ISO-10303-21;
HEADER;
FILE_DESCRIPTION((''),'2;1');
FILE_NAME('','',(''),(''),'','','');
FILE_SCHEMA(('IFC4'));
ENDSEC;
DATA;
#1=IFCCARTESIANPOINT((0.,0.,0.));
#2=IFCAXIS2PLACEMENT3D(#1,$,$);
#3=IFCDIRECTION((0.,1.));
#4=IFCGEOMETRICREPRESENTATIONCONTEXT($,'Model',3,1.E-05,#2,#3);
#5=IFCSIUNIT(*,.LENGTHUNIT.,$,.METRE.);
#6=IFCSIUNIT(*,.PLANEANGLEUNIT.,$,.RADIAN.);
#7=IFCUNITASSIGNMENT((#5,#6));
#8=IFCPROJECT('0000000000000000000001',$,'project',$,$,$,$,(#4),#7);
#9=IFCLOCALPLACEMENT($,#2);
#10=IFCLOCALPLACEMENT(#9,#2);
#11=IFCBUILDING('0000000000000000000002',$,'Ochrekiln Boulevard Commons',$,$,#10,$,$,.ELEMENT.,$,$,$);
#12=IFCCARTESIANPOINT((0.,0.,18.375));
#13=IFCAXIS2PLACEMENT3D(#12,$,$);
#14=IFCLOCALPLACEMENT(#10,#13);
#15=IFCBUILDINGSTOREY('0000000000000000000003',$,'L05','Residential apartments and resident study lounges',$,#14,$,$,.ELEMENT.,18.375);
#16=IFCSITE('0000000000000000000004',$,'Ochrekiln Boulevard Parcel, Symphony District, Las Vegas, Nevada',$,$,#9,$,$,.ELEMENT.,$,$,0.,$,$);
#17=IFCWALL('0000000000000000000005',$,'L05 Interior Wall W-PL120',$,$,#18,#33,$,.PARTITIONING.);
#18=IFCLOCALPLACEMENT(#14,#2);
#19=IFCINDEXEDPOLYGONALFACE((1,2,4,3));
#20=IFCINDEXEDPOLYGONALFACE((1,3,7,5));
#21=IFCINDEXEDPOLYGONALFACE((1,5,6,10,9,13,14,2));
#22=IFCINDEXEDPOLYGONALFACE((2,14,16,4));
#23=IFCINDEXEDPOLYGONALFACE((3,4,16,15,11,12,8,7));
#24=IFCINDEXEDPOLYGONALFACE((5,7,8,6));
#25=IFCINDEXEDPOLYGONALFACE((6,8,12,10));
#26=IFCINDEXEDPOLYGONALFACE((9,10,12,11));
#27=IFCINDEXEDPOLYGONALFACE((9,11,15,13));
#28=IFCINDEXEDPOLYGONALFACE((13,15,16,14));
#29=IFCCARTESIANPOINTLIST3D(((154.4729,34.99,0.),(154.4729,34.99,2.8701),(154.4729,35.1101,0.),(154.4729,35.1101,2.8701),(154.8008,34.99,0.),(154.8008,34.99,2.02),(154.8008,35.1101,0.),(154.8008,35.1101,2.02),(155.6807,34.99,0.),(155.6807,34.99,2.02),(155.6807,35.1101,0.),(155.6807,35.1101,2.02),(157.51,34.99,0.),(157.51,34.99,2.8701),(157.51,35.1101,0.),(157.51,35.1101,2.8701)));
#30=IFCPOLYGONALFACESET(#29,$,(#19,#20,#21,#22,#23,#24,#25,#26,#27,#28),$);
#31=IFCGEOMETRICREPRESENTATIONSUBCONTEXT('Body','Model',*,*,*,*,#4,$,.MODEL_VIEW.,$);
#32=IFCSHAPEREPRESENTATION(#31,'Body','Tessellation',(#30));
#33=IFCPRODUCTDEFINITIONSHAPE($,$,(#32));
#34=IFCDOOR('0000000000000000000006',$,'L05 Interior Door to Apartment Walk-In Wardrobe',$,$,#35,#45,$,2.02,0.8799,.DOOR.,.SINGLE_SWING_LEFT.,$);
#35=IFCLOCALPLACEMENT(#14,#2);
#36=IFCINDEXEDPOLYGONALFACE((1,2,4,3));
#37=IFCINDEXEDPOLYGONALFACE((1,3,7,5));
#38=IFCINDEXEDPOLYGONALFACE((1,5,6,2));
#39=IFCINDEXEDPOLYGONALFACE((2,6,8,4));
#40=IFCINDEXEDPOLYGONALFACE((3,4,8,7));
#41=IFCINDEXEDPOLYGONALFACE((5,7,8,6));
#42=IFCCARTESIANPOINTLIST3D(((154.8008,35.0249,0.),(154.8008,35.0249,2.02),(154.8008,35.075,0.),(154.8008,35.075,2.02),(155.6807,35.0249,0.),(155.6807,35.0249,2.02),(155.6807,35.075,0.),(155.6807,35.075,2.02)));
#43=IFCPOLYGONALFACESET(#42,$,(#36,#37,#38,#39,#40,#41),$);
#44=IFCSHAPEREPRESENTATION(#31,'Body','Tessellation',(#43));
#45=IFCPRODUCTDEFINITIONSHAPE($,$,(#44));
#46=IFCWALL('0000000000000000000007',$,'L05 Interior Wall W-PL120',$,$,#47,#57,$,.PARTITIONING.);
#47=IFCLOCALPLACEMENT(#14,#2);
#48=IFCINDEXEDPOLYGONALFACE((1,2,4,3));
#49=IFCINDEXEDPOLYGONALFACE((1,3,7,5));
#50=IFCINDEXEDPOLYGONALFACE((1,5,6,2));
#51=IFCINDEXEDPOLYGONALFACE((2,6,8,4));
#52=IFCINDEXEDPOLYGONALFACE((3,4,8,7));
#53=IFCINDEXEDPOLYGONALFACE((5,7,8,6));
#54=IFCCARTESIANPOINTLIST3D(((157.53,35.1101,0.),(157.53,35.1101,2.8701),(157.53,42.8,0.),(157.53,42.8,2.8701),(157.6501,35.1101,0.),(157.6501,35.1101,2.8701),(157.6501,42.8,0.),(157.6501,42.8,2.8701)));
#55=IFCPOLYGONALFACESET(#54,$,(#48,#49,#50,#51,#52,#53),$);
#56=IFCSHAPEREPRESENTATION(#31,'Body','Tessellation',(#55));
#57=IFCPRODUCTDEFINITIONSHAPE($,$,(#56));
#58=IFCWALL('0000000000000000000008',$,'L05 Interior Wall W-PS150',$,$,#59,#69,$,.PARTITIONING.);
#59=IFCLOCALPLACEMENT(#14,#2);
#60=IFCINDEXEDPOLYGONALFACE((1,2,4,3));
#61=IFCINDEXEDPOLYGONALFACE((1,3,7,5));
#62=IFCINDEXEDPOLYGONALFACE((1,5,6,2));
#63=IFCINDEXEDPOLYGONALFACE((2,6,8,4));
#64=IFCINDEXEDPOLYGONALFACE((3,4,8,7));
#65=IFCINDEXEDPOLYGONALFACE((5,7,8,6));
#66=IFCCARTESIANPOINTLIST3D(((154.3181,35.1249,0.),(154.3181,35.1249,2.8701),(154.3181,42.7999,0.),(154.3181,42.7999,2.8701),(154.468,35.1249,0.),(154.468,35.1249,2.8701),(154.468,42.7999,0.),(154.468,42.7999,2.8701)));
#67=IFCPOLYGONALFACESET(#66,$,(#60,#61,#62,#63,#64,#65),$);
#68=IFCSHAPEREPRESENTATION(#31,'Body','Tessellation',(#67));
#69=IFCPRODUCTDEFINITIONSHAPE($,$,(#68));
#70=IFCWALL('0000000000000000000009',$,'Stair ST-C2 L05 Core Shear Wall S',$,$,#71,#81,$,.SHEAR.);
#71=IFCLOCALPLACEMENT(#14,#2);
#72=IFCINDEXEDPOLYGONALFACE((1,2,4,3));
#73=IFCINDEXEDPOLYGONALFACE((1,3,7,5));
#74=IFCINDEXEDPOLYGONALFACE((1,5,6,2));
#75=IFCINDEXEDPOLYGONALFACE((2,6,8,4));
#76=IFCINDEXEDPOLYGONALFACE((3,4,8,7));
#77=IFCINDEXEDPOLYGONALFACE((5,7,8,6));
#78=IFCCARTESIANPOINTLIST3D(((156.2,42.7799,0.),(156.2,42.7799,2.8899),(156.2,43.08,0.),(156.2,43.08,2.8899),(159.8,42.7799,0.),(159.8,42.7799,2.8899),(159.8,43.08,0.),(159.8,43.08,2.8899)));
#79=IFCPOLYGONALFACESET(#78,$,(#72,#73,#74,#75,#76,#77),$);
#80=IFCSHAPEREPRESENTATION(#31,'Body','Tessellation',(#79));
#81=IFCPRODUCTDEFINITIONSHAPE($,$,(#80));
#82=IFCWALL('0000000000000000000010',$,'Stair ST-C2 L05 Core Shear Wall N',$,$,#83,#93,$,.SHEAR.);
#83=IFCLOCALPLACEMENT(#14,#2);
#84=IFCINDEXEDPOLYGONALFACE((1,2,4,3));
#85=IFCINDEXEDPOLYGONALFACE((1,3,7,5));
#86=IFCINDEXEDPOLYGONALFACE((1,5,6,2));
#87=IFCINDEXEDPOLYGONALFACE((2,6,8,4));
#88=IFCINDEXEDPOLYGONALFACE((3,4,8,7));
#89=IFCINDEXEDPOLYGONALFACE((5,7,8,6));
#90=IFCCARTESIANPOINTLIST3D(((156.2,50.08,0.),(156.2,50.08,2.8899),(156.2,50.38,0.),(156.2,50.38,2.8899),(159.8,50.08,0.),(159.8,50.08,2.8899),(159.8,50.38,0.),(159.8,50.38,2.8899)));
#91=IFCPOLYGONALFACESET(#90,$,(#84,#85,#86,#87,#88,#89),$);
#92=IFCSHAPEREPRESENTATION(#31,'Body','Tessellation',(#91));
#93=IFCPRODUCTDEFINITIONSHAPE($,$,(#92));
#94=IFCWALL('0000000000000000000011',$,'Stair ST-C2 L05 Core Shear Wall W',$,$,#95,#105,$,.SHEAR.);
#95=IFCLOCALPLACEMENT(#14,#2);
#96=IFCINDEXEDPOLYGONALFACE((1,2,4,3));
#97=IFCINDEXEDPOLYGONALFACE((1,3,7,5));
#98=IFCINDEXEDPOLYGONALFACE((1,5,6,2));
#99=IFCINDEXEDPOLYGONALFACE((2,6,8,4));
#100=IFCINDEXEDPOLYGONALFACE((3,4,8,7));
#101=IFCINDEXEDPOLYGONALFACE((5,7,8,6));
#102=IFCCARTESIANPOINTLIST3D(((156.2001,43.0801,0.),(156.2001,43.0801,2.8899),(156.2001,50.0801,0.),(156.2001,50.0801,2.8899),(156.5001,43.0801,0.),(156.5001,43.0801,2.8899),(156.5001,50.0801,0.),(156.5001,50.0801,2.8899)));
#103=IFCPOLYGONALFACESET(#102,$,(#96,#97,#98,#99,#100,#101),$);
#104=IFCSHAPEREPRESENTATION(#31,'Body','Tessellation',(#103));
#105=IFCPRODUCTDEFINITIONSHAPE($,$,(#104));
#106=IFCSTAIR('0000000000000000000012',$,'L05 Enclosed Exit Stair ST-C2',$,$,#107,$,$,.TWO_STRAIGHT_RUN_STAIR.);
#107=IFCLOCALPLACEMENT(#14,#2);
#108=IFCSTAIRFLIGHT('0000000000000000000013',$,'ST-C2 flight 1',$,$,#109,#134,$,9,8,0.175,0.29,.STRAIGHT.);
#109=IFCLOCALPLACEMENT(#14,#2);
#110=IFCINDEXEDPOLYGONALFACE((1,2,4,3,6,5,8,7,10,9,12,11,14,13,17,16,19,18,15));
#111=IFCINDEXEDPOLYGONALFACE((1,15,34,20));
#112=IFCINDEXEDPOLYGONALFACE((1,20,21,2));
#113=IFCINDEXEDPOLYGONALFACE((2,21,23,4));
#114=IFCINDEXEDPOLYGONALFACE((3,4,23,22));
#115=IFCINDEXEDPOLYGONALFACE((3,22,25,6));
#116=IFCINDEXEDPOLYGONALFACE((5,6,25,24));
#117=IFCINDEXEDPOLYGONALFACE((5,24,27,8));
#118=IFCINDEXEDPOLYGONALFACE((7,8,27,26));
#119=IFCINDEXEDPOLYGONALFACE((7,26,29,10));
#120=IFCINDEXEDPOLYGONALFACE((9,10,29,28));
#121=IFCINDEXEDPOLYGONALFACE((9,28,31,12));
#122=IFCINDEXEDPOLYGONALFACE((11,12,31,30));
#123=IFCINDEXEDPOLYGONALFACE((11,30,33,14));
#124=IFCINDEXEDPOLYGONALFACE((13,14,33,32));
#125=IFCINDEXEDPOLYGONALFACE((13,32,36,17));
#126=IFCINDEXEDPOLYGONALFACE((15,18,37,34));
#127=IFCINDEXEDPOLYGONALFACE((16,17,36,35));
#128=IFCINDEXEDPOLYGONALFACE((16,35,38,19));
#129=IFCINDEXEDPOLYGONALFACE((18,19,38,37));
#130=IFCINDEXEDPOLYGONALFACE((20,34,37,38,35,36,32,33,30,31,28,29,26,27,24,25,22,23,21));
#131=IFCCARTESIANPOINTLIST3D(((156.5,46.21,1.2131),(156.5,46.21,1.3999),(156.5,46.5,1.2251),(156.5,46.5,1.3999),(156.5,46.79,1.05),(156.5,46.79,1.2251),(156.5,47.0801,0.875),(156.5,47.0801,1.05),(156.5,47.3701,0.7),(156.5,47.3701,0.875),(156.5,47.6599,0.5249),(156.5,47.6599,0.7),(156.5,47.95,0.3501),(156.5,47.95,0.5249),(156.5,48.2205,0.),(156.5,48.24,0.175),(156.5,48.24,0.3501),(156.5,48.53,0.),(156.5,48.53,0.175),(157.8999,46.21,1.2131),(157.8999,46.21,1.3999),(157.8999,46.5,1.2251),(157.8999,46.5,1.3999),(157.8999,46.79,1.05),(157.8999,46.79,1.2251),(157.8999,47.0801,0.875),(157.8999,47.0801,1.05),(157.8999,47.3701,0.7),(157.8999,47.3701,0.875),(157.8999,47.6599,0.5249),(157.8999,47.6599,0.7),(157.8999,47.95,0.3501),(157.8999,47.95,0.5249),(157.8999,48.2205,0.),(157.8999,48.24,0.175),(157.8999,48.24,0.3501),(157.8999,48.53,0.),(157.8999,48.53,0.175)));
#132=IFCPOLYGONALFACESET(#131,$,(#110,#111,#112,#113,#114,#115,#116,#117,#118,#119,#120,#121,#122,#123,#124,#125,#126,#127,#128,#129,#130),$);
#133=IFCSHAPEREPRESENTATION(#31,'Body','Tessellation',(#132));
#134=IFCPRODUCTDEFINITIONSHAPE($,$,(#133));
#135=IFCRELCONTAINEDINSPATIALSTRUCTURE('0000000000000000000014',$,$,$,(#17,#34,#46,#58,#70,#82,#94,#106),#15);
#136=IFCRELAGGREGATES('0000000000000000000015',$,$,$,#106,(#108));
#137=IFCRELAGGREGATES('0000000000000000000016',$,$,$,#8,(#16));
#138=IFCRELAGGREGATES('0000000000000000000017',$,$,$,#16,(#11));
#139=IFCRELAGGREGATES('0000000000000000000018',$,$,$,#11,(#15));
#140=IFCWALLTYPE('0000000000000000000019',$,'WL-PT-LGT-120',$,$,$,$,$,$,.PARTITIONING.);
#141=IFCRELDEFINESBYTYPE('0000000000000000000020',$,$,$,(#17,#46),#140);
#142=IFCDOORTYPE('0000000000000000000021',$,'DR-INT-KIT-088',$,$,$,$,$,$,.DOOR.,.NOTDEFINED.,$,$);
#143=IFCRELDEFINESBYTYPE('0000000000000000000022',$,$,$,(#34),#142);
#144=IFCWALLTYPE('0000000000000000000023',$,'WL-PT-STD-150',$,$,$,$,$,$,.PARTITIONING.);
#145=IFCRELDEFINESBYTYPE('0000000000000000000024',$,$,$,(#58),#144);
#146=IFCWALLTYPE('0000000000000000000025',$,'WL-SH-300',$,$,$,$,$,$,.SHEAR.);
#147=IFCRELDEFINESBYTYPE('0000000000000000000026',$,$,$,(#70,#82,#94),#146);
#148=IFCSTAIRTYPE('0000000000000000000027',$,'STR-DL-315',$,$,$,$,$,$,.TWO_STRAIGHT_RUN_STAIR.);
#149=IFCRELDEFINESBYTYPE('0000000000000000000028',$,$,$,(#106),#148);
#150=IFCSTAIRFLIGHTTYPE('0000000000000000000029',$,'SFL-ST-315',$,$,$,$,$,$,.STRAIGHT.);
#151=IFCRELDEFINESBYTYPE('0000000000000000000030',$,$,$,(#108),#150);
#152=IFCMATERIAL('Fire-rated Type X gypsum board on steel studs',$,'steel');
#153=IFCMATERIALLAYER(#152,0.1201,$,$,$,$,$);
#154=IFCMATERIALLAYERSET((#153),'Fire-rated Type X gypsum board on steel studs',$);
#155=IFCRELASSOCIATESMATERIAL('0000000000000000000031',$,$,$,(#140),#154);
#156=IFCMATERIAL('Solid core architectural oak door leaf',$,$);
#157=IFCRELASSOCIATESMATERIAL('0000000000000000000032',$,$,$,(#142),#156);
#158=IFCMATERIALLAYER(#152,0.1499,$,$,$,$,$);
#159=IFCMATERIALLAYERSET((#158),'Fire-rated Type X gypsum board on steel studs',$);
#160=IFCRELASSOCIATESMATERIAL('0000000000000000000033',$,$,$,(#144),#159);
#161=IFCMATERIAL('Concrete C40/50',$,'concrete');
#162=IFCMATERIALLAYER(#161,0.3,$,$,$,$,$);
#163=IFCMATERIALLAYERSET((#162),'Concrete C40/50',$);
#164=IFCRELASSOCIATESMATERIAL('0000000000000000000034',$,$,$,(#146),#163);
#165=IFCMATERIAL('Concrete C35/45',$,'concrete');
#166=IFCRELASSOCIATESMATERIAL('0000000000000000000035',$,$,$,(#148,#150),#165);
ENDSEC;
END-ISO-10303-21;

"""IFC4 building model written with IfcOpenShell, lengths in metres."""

from ifc_helpers import new_model, si_unit, direction, frame, frame_2d, origin, place, context, subcontext, project, spatial, polyline, rectangle, outline, extrude, material, layer, layer_set, type_object, element, fill, aggregate, save


model = new_model("IFC4")

# Units and contexts
model_context = context("Model", 3, precision=1e-05, world=origin(), true_north=direction((0.0, 1.0)))
body_context = subcontext(model_context, "Body", "Model", "MODEL_VIEW")
ifc_project = project(units=[si_unit("LENGTHUNIT", "METRE"), si_unit("PLANEANGLEUNIT", "RADIAN")], contexts=[model_context])

# Site, building, storey
site_placement = place(None, origin())
site = spatial("IfcSite", under=ifc_project, at=site_placement, Name="Ochrekiln Boulevard Parcel, Symphony District, Las Vegas, Nevada", CompositionType="ELEMENT", RefElevation=0.0)
building_placement = place(site_placement, origin())
building = spatial("IfcBuilding", under=site, at=building_placement, Name="Ochrekiln Boulevard Commons", CompositionType="ELEMENT")
storey_placement = place(building_placement, frame((0.0, 0.0, 18.375)))
storey = spatial("IfcBuildingStorey", under=building, at=storey_placement, Name="L05", Description="Residential apartments and resident study lounges", CompositionType="ELEMENT", Elevation=18.375)

# Shared definitions
ifc_material_1 = material(Name="Concrete C40/50", Category="concrete")

# Wall, opening, door
ifc_material_2 = material(Name="Fire-rated Type X gypsum board on steel studs", Category="steel")
ifc_layer_1 = layer(ifc_material_2, 0.1201)
ifc_layer_set_1 = layer_set([ifc_layer_1], Name="Fire-rated Type X gypsum board on steel studs")
wall_type_1 = type_object("IfcWallType", Name="WL-PT-LGT-120", PredefinedType="PARTITIONING", material=ifc_layer_set_1)
ifc_material_3 = material(Name="Solid core architectural oak door leaf")
door_type = type_object("IfcDoorType", Name="DR-INT-KIT-088", OperationType="NOTDEFINED", PredefinedType="DOOR", material=ifc_material_3)
wall_1_placement = place(storey_placement, frame((154.4729, 35.05, 0.0), z_axis=(0.0, 0.0, 1.0), x_axis=(1.0, 0.0, 0.0)))
wall_1 = element("IfcWall", 1, at=wall_1_placement, inside=storey, type_object=wall_type_1, Name="L05 Interior Wall W-PL120", PredefinedType="PARTITIONING", context=body_context, shape_type="SweptSolid", body=[
    extrude(rectangle(XDim=3.0371, YDim=0.1201, at=frame_2d((1.5186, 0.0))), origin(), (0.0, 0.0, 1.0), 2.8701),
])
opening_1_placement = place(wall_1_placement, frame((0.3279, 0.0, 0.0)))
opening_1 = element("IfcOpeningElement", 2, at=opening_1_placement, cuts=wall_1, PredefinedType="OPENING", context=body_context, shape_type="SweptSolid", body=[
    extrude(rectangle(XDim=0.8799, YDim=2.02, at=frame_2d((0.4399, 1.01))), frame((0.0, 0.0701, 0.0), z_axis=(0.0, -1.0, 0.0), x_axis=(1.0, 0.0, 0.0)), (0.0, 0.0, 1.0), 0.1401),
])
door_1_placement = place(opening_1_placement, origin())
door_1 = element("IfcDoor", 3, at=door_1_placement, inside=storey, type_object=door_type, Name="L05 Interior Door to Apartment Walk-In Wardrobe", OperationType="SINGLE_SWING_LEFT", OverallHeight=2.02, OverallWidth=0.8799, PredefinedType="DOOR", context=body_context, shape_type="SweptSolid", body=[
    extrude(rectangle(XDim=0.8799, YDim=2.02, at=frame_2d((0.4399, 1.01))), frame((0.0, 0.0249, 0.0), z_axis=(0.0, -1.0, 0.0), x_axis=(1.0, 0.0, 0.0)), (0.0, 0.0, 1.0), 0.05),
])
fill(opening_1, door_1)

# Walls
wall_2_placement = place(storey_placement, frame((157.5901, 35.1101, 0.0), z_axis=(0.0, 0.0, 1.0), x_axis=(0.0, 1.0, 0.0)))
element("IfcWall", 4, at=wall_2_placement, inside=storey, type_object=wall_type_1, Name="L05 Interior Wall W-PL120", PredefinedType="PARTITIONING", context=body_context, shape_type="SweptSolid", body=[
    extrude(rectangle(XDim=7.6899, YDim=0.1201, at=frame_2d((3.845, 0.0))), origin(), (0.0, 0.0, 1.0), 2.8701),
])
ifc_layer_2 = layer(ifc_material_2, 0.1499)
ifc_layer_set_2 = layer_set([ifc_layer_2], Name="Fire-rated Type X gypsum board on steel studs")
wall_type_2 = type_object("IfcWallType", Name="WL-PT-STD-150", PredefinedType="PARTITIONING", material=ifc_layer_set_2)
wall_3_placement = place(storey_placement, frame((154.3931, 35.125, 0.0), z_axis=(0.0, 0.0, 1.0), x_axis=(0.0, 1.0, 0.0)))
element("IfcWall", 5, at=wall_3_placement, inside=storey, type_object=wall_type_2, Name="L05 Interior Wall W-PS150", PredefinedType="PARTITIONING", context=body_context, shape_type="SweptSolid", body=[
    extrude(rectangle(XDim=7.675, YDim=0.1499, at=frame_2d((3.8374, 0.0))), origin(), (0.0, 0.0, 1.0), 2.8701),
])
ifc_layer_3 = layer(ifc_material_1, 0.3)
ifc_layer_set_3 = layer_set([ifc_layer_3], Name="Concrete C40/50")
wall_type_3 = type_object("IfcWallType", Name="WL-SH-300", PredefinedType="SHEAR", material=ifc_layer_set_3)
for number, where, z_axis, x_axis, name in (
    (6, (156.2, 42.9299, 0.0), (0.0, 0.0, 1.0), (1.0, 0.0, 0.0), "Stair ST-C2 L05 Core Shear Wall S"),
    (7, (156.2, 50.23, 0.0), (0.0, 0.0, 1.0), (1.0, 0.0, 0.0), "Stair ST-C2 L05 Core Shear Wall N"),
):
    element("IfcWall", number, at=place(storey_placement, frame(where, z_axis=z_axis, x_axis=x_axis)), inside=storey, type_object=wall_type_3, Name=name, PredefinedType="SHEAR", context=body_context, shape_type="SweptSolid", body=[
        extrude(rectangle(XDim=3.6001, YDim=0.3, at=frame_2d((1.8, 0.0))), origin(), (0.0, 0.0, 1.0), 2.8899),
    ])
wall_4_placement = place(storey_placement, frame((156.3501, 43.0801, 0.0), z_axis=(0.0, 0.0, 1.0), x_axis=(0.0, 1.0, 0.0)))
element("IfcWall", 8, at=wall_4_placement, inside=storey, type_object=wall_type_3, Name="Stair ST-C2 L05 Core Shear Wall W", PredefinedType="SHEAR", context=body_context, shape_type="SweptSolid", body=[
    extrude(rectangle(XDim=7.0, YDim=0.3, at=frame_2d((3.5, 0.0))), origin(), (0.0, 0.0, 1.0), 2.8899),
])

# Stair, stair flight
ifc_material_4 = material(Name="Concrete C35/45", Category="concrete")
stair_type = type_object("IfcStairType", Name="STR-DL-315", PredefinedType="TWO_STRAIGHT_RUN_STAIR", material=ifc_material_4)
stair_placement = place(storey_placement, origin())
stair = element("IfcStair", 9, at=stair_placement, inside=storey, type_object=stair_type, Name="L05 Enclosed Exit Stair ST-C2", PredefinedType="TWO_STRAIGHT_RUN_STAIR")
stair_flight_type = type_object("IfcStairFlightType", Name="SFL-ST-315", PredefinedType="STRAIGHT", material=ifc_material_4)
stair_flight_placement = place(storey_placement, frame((157.2, 48.53, 0.0), z_axis=(0.0, 0.0, 1.0), x_axis=(0.0, -1.0, 0.0)))
stair_flight = element("IfcStairFlight", 10, at=stair_flight_placement, type_object=stair_flight_type, Name="ST-C2 flight 1", NumberOfRisers=9, NumberOfTreads=8, PredefinedType="STRAIGHT", RiserHeight=0.175, TreadLength=0.29, context=body_context, shape_type="SweptSolid", body=[
    extrude(outline(polyline([(0.0, 0.0), (0.0, 0.175), (0.29, 0.175), (0.29, 0.3501), (0.5801, 0.3501), (0.5801, 0.5249), (0.8701, 0.5249), (0.8701, 0.7), (1.1599, 0.7), (1.1599, 0.875), (1.45, 0.875), (1.45, 1.05), (1.74, 1.05), (1.74, 1.2251), (2.03, 1.2251), (2.03, 1.3999), (2.3201, 1.3999), (2.3201, 1.575), (2.3201, 1.2131), (0.3096, 0.0), (0.0, 0.0)])), frame((0.0, 0.7, 0.0), z_axis=(0.0, -1.0, 0.0), x_axis=(1.0, 0.0, 0.0)), (0.0, 0.0, 1.0), 1.3999),
])
aggregate(stair, [stair_flight])

save(model, "model.ifc")
